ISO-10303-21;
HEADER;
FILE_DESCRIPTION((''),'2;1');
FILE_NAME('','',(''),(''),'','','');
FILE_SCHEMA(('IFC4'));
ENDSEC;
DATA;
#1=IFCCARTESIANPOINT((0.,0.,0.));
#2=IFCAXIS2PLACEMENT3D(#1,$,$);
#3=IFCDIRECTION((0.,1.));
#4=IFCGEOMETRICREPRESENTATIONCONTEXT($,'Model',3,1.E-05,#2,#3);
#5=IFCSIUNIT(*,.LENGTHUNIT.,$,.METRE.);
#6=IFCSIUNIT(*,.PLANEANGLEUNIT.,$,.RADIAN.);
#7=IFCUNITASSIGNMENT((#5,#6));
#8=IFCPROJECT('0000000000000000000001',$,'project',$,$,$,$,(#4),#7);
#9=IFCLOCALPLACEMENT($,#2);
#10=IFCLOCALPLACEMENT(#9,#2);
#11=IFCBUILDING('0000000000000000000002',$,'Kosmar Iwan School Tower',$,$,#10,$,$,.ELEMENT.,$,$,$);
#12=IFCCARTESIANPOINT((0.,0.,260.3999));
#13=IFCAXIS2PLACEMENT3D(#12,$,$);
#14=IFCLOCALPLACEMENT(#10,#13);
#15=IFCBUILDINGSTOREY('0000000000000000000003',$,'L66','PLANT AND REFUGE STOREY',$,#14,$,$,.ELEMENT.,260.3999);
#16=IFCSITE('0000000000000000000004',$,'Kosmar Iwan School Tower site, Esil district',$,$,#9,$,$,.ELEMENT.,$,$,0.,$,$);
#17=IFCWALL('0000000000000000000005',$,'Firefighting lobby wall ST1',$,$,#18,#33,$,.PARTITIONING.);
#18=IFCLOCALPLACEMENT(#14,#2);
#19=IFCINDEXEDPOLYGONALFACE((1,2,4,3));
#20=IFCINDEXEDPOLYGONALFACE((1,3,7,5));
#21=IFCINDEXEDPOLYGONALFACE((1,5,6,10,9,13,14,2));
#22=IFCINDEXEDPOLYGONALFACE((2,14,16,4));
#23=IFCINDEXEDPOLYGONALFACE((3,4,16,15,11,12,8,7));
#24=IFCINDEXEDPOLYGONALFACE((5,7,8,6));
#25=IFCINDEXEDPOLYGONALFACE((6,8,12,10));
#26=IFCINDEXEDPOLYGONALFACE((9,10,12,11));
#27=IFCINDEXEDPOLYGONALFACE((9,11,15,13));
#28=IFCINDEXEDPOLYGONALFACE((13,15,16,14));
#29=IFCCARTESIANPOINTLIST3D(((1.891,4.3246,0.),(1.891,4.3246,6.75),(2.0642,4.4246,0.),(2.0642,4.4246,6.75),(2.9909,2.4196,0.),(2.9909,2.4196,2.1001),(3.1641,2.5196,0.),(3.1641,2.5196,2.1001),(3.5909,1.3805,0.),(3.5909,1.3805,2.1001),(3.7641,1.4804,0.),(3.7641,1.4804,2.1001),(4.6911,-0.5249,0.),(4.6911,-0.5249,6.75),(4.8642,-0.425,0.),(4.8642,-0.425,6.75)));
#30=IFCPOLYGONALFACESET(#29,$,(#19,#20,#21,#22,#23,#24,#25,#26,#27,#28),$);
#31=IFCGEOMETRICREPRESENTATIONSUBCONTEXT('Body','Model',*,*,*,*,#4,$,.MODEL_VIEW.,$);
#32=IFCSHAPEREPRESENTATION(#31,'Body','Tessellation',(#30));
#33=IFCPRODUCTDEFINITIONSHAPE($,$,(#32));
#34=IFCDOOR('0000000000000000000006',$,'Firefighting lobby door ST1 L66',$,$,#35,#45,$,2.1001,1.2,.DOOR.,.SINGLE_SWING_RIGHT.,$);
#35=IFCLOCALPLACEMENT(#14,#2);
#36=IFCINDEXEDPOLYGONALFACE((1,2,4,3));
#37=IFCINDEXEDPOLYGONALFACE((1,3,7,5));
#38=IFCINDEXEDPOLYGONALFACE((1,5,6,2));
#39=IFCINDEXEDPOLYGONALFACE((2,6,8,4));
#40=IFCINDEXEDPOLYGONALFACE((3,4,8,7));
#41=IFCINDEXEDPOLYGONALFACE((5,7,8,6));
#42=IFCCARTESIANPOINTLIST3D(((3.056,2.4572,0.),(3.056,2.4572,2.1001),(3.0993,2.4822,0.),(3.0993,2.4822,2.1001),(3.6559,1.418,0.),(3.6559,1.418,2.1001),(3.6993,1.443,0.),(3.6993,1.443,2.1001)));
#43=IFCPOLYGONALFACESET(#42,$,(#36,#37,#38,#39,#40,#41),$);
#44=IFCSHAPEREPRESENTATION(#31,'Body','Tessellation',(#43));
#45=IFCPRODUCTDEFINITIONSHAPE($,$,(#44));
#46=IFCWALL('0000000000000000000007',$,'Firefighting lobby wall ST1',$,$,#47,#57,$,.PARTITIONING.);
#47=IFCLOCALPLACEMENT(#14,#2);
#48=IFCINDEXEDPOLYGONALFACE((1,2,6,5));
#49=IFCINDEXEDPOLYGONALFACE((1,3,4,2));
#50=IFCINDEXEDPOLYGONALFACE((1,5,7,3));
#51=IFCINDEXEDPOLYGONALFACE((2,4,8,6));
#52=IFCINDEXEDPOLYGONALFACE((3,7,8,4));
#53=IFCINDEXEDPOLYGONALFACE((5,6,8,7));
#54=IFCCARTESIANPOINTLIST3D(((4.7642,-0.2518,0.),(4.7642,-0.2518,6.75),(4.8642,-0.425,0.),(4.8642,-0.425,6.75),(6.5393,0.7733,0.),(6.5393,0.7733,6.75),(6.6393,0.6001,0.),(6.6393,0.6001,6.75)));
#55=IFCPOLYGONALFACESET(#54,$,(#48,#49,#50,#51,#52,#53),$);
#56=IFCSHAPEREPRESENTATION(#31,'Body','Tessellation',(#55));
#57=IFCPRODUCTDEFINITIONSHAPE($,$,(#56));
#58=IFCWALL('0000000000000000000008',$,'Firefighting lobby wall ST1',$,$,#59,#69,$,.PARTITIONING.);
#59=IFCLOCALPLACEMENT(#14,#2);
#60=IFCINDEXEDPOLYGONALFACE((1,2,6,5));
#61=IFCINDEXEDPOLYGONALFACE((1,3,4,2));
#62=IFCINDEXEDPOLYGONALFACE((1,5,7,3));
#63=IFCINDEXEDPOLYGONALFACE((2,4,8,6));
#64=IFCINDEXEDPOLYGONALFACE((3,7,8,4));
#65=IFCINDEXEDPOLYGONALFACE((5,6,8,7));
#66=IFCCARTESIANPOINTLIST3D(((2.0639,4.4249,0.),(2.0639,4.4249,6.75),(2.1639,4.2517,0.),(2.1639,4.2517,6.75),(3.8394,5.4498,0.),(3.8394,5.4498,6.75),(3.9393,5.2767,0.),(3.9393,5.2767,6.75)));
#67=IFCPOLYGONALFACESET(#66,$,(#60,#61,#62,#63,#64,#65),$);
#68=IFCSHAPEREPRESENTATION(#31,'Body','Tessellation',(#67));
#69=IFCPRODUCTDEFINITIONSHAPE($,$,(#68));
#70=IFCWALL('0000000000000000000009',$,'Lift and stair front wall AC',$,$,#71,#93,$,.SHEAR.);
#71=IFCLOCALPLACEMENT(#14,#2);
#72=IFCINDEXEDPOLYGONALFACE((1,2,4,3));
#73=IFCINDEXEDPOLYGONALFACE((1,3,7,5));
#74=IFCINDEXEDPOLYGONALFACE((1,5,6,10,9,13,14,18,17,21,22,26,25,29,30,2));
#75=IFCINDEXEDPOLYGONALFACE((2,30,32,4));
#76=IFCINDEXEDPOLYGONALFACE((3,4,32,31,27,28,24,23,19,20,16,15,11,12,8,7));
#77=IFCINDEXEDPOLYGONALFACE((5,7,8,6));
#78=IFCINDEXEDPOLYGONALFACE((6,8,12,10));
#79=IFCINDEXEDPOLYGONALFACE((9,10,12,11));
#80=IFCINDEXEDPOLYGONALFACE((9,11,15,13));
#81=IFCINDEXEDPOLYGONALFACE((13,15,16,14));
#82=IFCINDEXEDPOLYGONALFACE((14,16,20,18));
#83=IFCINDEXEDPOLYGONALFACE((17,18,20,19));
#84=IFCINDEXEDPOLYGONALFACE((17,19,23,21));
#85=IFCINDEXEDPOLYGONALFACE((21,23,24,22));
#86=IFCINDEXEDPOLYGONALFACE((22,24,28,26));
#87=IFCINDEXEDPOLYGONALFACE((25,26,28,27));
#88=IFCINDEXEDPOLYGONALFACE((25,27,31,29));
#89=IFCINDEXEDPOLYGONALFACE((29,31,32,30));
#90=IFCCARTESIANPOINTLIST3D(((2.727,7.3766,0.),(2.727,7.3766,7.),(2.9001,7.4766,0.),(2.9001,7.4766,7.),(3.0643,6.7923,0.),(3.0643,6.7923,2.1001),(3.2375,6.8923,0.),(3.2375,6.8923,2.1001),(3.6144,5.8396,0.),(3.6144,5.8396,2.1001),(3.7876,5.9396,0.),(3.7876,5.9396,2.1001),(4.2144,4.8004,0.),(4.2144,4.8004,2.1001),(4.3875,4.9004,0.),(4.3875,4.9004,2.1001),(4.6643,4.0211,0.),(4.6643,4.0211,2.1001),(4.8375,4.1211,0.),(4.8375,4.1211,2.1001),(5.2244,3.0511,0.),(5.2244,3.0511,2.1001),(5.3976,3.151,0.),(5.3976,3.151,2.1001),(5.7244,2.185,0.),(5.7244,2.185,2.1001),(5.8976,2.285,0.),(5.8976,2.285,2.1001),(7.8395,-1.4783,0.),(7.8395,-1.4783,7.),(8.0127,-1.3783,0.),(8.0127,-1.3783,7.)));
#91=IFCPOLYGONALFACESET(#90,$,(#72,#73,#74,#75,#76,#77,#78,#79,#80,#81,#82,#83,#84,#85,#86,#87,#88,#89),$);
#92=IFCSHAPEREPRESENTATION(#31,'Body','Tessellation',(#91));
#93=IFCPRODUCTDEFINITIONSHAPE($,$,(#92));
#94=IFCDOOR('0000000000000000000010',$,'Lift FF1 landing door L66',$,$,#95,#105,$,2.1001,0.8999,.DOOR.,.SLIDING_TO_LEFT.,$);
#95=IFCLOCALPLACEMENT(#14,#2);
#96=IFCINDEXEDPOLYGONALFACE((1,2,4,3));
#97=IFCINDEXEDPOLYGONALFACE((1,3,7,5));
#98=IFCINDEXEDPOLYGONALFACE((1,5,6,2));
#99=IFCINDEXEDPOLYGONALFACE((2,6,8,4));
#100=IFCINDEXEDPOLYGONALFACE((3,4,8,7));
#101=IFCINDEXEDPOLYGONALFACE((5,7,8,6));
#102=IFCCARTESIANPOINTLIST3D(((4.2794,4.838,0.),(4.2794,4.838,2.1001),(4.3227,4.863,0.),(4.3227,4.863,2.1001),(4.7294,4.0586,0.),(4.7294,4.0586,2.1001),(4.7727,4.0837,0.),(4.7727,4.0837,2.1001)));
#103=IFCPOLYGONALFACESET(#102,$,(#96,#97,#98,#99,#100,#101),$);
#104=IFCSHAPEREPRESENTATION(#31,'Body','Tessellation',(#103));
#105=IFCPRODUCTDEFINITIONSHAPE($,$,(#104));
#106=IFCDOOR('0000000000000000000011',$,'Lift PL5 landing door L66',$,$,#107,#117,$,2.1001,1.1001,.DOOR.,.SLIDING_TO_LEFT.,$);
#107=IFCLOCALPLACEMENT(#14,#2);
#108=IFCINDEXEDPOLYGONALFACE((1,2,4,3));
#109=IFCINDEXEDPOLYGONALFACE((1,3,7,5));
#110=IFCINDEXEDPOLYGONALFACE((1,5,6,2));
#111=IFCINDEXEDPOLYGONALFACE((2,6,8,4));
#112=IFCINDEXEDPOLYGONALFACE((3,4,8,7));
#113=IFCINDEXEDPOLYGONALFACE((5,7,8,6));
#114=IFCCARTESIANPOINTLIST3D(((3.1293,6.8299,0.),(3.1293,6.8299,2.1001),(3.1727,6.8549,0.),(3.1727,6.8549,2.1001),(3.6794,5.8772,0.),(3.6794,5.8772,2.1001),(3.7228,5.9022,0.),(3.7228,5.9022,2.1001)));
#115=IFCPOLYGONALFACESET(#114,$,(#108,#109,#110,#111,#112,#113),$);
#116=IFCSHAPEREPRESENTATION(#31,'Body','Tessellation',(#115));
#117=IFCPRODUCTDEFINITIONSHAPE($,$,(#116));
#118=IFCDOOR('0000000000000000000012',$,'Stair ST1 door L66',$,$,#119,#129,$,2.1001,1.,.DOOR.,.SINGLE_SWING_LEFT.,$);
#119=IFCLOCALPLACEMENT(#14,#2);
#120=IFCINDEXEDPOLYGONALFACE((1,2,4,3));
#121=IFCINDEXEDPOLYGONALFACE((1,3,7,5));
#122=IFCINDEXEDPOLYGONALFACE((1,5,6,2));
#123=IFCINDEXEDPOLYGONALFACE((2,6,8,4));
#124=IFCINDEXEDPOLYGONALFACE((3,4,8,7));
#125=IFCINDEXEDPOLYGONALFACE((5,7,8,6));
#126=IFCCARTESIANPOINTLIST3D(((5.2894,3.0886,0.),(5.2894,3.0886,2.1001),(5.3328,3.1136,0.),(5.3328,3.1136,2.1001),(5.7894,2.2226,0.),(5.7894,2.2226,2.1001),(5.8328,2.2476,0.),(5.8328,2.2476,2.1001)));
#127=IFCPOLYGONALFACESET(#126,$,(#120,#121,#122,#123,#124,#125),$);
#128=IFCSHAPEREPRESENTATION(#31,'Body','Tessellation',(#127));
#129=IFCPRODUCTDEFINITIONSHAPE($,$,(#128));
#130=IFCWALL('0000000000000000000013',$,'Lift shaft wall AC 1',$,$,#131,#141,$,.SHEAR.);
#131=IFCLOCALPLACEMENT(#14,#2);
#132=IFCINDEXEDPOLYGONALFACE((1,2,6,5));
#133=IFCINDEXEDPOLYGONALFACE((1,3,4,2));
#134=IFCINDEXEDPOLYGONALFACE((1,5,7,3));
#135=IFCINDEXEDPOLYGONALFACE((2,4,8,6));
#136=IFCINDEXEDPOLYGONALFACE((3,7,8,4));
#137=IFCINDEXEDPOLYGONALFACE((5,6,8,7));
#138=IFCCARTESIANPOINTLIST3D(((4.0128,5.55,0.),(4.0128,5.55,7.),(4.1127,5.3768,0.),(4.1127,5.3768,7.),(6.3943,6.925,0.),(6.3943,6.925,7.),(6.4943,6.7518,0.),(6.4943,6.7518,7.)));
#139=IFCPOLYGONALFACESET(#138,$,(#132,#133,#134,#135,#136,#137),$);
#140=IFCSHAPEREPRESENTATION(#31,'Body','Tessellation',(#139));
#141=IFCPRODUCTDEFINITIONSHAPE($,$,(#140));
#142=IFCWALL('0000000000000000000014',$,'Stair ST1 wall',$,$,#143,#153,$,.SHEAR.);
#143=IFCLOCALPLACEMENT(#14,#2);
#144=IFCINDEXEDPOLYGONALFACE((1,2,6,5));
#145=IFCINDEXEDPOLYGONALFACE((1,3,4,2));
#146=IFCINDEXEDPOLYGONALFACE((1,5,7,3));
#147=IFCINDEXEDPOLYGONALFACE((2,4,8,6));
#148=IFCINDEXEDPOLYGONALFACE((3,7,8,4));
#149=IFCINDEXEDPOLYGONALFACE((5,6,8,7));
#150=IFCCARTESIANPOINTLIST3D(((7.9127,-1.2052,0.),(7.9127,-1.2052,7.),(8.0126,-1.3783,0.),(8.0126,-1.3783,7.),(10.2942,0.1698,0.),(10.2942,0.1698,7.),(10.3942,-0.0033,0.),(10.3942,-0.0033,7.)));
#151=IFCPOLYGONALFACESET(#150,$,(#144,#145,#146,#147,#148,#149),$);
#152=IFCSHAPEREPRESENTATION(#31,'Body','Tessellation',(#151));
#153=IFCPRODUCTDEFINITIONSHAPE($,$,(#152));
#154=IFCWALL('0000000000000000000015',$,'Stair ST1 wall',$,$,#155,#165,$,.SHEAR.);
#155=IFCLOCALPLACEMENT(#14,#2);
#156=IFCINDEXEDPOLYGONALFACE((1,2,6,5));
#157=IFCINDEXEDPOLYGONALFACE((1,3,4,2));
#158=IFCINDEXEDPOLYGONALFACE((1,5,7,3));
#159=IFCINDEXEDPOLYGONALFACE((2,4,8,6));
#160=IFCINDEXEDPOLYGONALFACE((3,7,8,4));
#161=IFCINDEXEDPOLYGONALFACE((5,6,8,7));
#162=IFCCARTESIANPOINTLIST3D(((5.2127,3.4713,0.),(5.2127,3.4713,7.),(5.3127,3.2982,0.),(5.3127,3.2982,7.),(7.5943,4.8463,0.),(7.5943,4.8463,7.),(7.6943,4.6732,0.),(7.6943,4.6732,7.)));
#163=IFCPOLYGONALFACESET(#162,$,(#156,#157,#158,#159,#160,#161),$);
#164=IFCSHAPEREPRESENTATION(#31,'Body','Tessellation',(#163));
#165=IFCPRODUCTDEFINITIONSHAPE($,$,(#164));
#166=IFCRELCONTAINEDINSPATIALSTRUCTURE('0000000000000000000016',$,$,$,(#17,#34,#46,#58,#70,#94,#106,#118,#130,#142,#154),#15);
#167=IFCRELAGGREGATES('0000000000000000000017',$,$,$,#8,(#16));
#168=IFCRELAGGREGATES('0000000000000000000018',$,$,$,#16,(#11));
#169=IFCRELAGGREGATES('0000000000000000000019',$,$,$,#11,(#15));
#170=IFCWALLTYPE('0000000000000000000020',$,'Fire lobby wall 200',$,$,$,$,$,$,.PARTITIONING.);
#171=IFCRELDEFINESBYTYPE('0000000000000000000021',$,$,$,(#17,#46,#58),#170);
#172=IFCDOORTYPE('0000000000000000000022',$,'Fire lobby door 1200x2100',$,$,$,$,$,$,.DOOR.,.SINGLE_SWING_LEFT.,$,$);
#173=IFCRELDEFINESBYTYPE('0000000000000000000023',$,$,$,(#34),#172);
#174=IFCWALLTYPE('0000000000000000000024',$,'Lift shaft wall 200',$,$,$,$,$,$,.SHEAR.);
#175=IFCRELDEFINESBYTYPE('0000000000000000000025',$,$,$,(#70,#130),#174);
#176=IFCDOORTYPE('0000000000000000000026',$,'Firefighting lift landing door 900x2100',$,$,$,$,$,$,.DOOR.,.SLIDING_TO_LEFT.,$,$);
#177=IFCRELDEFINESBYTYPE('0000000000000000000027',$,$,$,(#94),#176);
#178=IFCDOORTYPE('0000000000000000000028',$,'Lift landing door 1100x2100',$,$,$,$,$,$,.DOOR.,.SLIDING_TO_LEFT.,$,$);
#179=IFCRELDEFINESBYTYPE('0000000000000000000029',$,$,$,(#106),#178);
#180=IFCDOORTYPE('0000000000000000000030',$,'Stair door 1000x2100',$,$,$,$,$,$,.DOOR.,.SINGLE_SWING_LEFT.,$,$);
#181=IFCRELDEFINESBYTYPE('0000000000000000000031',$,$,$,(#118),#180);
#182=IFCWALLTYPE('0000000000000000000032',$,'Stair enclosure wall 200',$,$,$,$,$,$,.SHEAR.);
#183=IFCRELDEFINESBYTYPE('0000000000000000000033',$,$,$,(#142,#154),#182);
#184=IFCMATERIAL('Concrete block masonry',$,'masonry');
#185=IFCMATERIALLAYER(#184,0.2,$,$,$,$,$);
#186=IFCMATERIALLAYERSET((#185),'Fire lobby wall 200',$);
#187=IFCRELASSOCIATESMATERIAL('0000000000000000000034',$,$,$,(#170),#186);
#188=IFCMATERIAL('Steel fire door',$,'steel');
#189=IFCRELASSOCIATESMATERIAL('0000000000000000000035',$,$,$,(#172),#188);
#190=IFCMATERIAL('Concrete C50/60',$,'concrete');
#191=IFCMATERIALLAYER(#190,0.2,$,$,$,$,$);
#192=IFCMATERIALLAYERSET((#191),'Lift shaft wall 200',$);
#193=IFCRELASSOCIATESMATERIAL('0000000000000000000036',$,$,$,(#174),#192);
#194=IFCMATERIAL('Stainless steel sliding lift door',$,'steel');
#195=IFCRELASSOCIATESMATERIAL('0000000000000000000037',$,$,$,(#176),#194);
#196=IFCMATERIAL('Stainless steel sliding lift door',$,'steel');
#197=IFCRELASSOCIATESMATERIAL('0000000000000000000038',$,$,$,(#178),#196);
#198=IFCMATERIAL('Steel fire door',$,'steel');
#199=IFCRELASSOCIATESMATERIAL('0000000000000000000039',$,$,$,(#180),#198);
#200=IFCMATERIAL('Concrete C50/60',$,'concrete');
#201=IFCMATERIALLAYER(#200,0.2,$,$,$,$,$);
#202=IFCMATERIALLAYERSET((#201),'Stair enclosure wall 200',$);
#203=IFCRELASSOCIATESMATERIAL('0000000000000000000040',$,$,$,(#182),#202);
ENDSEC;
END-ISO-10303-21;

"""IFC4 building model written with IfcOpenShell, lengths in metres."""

from ifc_helpers import new_model, si_unit, direction, frame, frame_2d, origin, place, context, subcontext, project, spatial, rectangle, extrude, material, layer, layer_set, type_object, element, fill, save


model = new_model("IFC4")

# Units and contexts
model_context = context("Model", 3, precision=1e-05, world=origin(), true_north=direction((0.0, 1.0)))
body_context = subcontext(model_context, "Body", "Model", "MODEL_VIEW")
ifc_project = project(units=[si_unit("LENGTHUNIT", "METRE"), si_unit("PLANEANGLEUNIT", "RADIAN")], contexts=[model_context])

# Site, building, storey
site_placement = place(None, origin())
site = spatial("IfcSite", under=ifc_project, at=site_placement, Name="Kosmar Iwan School Tower site, Esil district", CompositionType="ELEMENT", RefElevation=0.0)
building_placement = place(site_placement, origin())
building = spatial("IfcBuilding", under=site, at=building_placement, Name="Kosmar Iwan School Tower", CompositionType="ELEMENT")
storey_placement = place(building_placement, frame((0.0, 0.0, 260.3999)))
storey = spatial("IfcBuildingStorey", under=building, at=storey_placement, Name="L66", Description="PLANT AND REFUGE STOREY", CompositionType="ELEMENT", Elevation=260.3999)

# Wall, opening, door
ifc_material_1 = material(Name="Concrete block masonry", Category="masonry")
ifc_layer_1 = layer(ifc_material_1, 0.2)
ifc_layer_set_1 = layer_set([ifc_layer_1], Name="Fire lobby wall 200")
wall_type_1 = type_object("IfcWallType", Name="Fire lobby wall 200", PredefinedType="PARTITIONING", material=ifc_layer_set_1)
wall_1_placement = place(storey_placement, frame((4.7776, -0.4749, 0.0), z_axis=(0.0, 0.0, 1.0), x_axis=(-0.500017, 0.866016, 0.0)))
wall_1 = element("IfcWall", 1, at=wall_1_placement, inside=storey, type_object=wall_type_1, Name="Firefighting lobby wall ST1", PredefinedType="PARTITIONING", context=body_context, shape_type="SweptSolid", body=[
    extrude(rectangle(XDim=5.5999, YDim=0.2, at=frame_2d((2.7998, 0.0))), origin(), (0.0, 0.0, 1.0), 6.75),
])
opening_1_placement = place(wall_1_placement, frame((2.2, 0.0, 0.0)))
opening_1 = element("IfcOpeningElement", 2, at=opening_1_placement, cuts=wall_1, PredefinedType="OPENING", context=body_context, shape_type="SweptSolid", body=[
    extrude(rectangle(XDim=1.2, YDim=2.1001, at=frame_2d((0.6001, 1.05))), frame((0.0, 0.1121, 0.0), z_axis=(0.0, -1.0, 0.0), x_axis=(1.0, 0.0, 0.0)), (0.0, 0.0, 1.0), 0.2239),
])
ifc_material_2 = material(Name="Steel fire door", Category="steel")
door_type_1 = type_object("IfcDoorType", Name="Fire lobby door 1200x2100", OperationType="SINGLE_SWING_LEFT", PredefinedType="DOOR", material=ifc_material_2)
door_1_placement = place(opening_1_placement, origin())
door_1 = element("IfcDoor", 3, at=door_1_placement, inside=storey, type_object=door_type_1, Name="Firefighting lobby door ST1 L66", OperationType="SINGLE_SWING_RIGHT", OverallHeight=2.1001, OverallWidth=1.2, PredefinedType="DOOR", context=body_context, shape_type="SweptSolid", body=[
    extrude(rectangle(XDim=1.2, YDim=2.1001, at=frame_2d((0.6001, 1.05))), frame((0.0, 0.0249, 0.0), z_axis=(0.0, -1.0, 0.0), x_axis=(1.0, 0.0, 0.0)), (0.0, 0.0, 1.0), 0.05),
])
fill(opening_1, door_1)

# Walls
wall_2_placement = place(storey_placement, frame((4.8142, -0.3384, 0.0), z_axis=(0.0, 0.0, 1.0), x_axis=(0.865969, 0.500097, 0.0)))
element("IfcWall", 4, at=wall_2_placement, inside=storey, type_object=wall_type_1, Name="Firefighting lobby wall ST1", PredefinedType="PARTITIONING", context=body_context, shape_type="SweptSolid", body=[
    extrude(rectangle(XDim=2.0498, YDim=0.2, at=frame_2d((1.0249, 0.0))), origin(), (0.0, 0.0, 1.0), 6.75),
])
wall_3_placement = place(storey_placement, frame((2.114, 4.3384, 0.0), z_axis=(0.0, 0.0, 1.0), x_axis=(0.866051, 0.499956, 0.0)))
element("IfcWall", 5, at=wall_3_placement, inside=storey, type_object=wall_type_1, Name="Firefighting lobby wall ST1", PredefinedType="PARTITIONING", context=body_context, shape_type="SweptSolid", body=[
    extrude(rectangle(XDim=2.05, YDim=0.2, at=frame_2d((1.0249, 0.0))), origin(), (0.0, 0.0, 1.0), 6.75),
])

# Wall, openings, doors
ifc_material_3 = material(Name="Concrete C50/60", Category="concrete")
ifc_layer_2 = layer(ifc_material_3, 0.2)
ifc_layer_set_2 = layer_set([ifc_layer_2], Name="Lift shaft wall 200")
wall_type_2 = type_object("IfcWallType", Name="Lift shaft wall 200", PredefinedType="SHEAR", material=ifc_layer_set_2)
wall_4_placement = place(storey_placement, frame((7.926, -1.4282, 0.0), z_axis=(0.0, 0.0, 1.0), x_axis=(-0.500009, 0.86602, 0.0)))
wall_4 = element("IfcWall", 6, at=wall_4_placement, inside=storey, type_object=wall_type_2, Name="Lift and stair front wall AC", PredefinedType="SHEAR", context=body_context, shape_type="SweptSolid", body=[
    extrude(rectangle(XDim=10.2249, YDim=0.2, at=frame_2d((5.1123, 0.0))), origin(), (0.0, 0.0, 1.0), 7.0),
])
opening_2_placement = place(wall_4_placement, frame((6.3501, 0.0, 0.0)))
opening_2 = element("IfcOpeningElement", 7, at=opening_2_placement, cuts=wall_4, PredefinedType="OPENING", context=body_context, shape_type="SweptSolid", body=[
    extrude(rectangle(XDim=0.8999, YDim=2.1001, at=frame_2d((0.45, 1.05))), frame((0.0, 0.1121, 0.0), z_axis=(0.0, -1.0, 0.0), x_axis=(1.0, 0.0, 0.0)), (0.0, 0.0, 1.0), 0.2239),
])
opening_3_placement = place(wall_4_placement, frame((8.45, 0.0, 0.0)))
opening_3 = element("IfcOpeningElement", 8, at=opening_3_placement, cuts=wall_4, PredefinedType="OPENING", context=body_context, shape_type="SweptSolid", body=[
    extrude(rectangle(XDim=1.1001, YDim=2.1001, at=frame_2d((0.55, 1.05))), frame((0.0, 0.1121, 0.0), z_axis=(0.0, -1.0, 0.0), x_axis=(1.0, 0.0, 0.0)), (0.0, 0.0, 1.0), 0.2239),
])
opening_4_placement = place(wall_4_placement, frame((4.23, 0.0, 0.0)))
opening_4 = element("IfcOpeningElement", 9, at=opening_4_placement, cuts=wall_4, PredefinedType="OPENING", context=body_context, shape_type="SweptSolid", body=[
    extrude(rectangle(XDim=1.0, YDim=2.1001, at=frame_2d((0.5, 1.05))), frame((0.0, 0.1121, 0.0), z_axis=(0.0, -1.0, 0.0), x_axis=(1.0, 0.0, 0.0)), (0.0, 0.0, 1.0), 0.2239),
])
ifc_material_4 = material(Name="Stainless steel sliding lift door", Category="steel")
door_type_2 = type_object("IfcDoorType", Name="Firefighting lift landing door 900x2100", OperationType="SLIDING_TO_LEFT", PredefinedType="DOOR", material=ifc_material_4)
door_2_placement = place(opening_2_placement, origin())
door_2 = element("IfcDoor", 10, at=door_2_placement, inside=storey, type_object=door_type_2, Name="Lift FF1 landing door L66", OperationType="SLIDING_TO_LEFT", OverallHeight=2.1001, OverallWidth=0.8999, PredefinedType="DOOR", context=body_context, shape_type="SweptSolid", body=[
    extrude(rectangle(XDim=0.8999, YDim=2.1001, at=frame_2d((0.45, 1.05))), frame((0.0, 0.0249, 0.0), z_axis=(0.0, -1.0, 0.0), x_axis=(1.0, 0.0, 0.0)), (0.0, 0.0, 1.0), 0.05),
])
fill(opening_2, door_2)
ifc_material_5 = material(Name="Stainless steel sliding lift door", Category="steel")
door_type_3 = type_object("IfcDoorType", Name="Lift landing door 1100x2100", OperationType="SLIDING_TO_LEFT", PredefinedType="DOOR", material=ifc_material_5)
door_3_placement = place(opening_3_placement, origin())
door_3 = element("IfcDoor", 11, at=door_3_placement, inside=storey, type_object=door_type_3, Name="Lift PL5 landing door L66", OperationType="SLIDING_TO_LEFT", OverallHeight=2.1001, OverallWidth=1.1001, PredefinedType="DOOR", context=body_context, shape_type="SweptSolid", body=[
    extrude(rectangle(XDim=1.1001, YDim=2.1001, at=frame_2d((0.55, 1.05))), frame((0.0, 0.0249, 0.0), z_axis=(0.0, -1.0, 0.0), x_axis=(1.0, 0.0, 0.0)), (0.0, 0.0, 1.0), 0.05),
])
fill(opening_3, door_3)
ifc_material_6 = material(Name="Steel fire door", Category="steel")
door_type_4 = type_object("IfcDoorType", Name="Stair door 1000x2100", OperationType="SINGLE_SWING_LEFT", PredefinedType="DOOR", material=ifc_material_6)
door_4_placement = place(opening_4_placement, origin())
door_4 = element("IfcDoor", 12, at=door_4_placement, inside=storey, type_object=door_type_4, Name="Stair ST1 door L66", OperationType="SINGLE_SWING_LEFT", OverallHeight=2.1001, OverallWidth=1.0, PredefinedType="DOOR", context=body_context, shape_type="SweptSolid", body=[
    extrude(rectangle(XDim=1.0, YDim=2.1001, at=frame_2d((0.5, 1.05))), frame((0.0, 0.0249, 0.0), z_axis=(0.0, -1.0, 0.0), x_axis=(1.0, 0.0, 0.0)), (0.0, 0.0, 1.0), 0.05),
])
fill(opening_4, door_4)

# Walls
wall_5_placement = place(storey_placement, frame((4.0627, 5.4634, 0.0), z_axis=(0.0, 0.0, 1.0), x_axis=(0.866027, 0.499997, 0.0)))
element("IfcWall", 13, at=wall_5_placement, inside=storey, type_object=wall_type_2, Name="Lift shaft wall AC 1", PredefinedType="SHEAR", context=body_context, shape_type="SweptSolid", body=[
    extrude(rectangle(XDim=2.75, YDim=0.2, at=frame_2d((1.375, 0.0))), origin(), (0.0, 0.0, 1.0), 7.0),
])
ifc_material_7 = material(Name="Concrete C50/60", Category="concrete")
ifc_layer_3 = layer(ifc_material_7, 0.2)
ifc_layer_set_3 = layer_set([ifc_layer_3], Name="Stair enclosure wall 200")
wall_type_3 = type_object("IfcWallType", Name="Stair enclosure wall 200", PredefinedType="SHEAR", material=ifc_layer_set_3)
for number, where, z_axis, x_axis, name in (
    (14, (7.9626, -1.2917, 0.0), (0.0, 0.0, 1.0), (0.866027, 0.499997, 0.0), "Stair ST1 wall"),
    (15, (5.2627, 3.3848, 0.0), (0.0, 0.0, 1.0), (0.866027, 0.499997, 0.0), "Stair ST1 wall"),
):
    element("IfcWall", number, at=place(storey_placement, frame(where, z_axis=z_axis, x_axis=x_axis)), inside=storey, type_object=wall_type_3, Name=name, PredefinedType="SHEAR", context=body_context, shape_type="SweptSolid", body=[
        extrude(rectangle(XDim=2.75, YDim=0.2, at=frame_2d((1.375, 0.0))), origin(), (0.0, 0.0, 1.0), 7.0),
    ])

save(model, "model.ifc")
